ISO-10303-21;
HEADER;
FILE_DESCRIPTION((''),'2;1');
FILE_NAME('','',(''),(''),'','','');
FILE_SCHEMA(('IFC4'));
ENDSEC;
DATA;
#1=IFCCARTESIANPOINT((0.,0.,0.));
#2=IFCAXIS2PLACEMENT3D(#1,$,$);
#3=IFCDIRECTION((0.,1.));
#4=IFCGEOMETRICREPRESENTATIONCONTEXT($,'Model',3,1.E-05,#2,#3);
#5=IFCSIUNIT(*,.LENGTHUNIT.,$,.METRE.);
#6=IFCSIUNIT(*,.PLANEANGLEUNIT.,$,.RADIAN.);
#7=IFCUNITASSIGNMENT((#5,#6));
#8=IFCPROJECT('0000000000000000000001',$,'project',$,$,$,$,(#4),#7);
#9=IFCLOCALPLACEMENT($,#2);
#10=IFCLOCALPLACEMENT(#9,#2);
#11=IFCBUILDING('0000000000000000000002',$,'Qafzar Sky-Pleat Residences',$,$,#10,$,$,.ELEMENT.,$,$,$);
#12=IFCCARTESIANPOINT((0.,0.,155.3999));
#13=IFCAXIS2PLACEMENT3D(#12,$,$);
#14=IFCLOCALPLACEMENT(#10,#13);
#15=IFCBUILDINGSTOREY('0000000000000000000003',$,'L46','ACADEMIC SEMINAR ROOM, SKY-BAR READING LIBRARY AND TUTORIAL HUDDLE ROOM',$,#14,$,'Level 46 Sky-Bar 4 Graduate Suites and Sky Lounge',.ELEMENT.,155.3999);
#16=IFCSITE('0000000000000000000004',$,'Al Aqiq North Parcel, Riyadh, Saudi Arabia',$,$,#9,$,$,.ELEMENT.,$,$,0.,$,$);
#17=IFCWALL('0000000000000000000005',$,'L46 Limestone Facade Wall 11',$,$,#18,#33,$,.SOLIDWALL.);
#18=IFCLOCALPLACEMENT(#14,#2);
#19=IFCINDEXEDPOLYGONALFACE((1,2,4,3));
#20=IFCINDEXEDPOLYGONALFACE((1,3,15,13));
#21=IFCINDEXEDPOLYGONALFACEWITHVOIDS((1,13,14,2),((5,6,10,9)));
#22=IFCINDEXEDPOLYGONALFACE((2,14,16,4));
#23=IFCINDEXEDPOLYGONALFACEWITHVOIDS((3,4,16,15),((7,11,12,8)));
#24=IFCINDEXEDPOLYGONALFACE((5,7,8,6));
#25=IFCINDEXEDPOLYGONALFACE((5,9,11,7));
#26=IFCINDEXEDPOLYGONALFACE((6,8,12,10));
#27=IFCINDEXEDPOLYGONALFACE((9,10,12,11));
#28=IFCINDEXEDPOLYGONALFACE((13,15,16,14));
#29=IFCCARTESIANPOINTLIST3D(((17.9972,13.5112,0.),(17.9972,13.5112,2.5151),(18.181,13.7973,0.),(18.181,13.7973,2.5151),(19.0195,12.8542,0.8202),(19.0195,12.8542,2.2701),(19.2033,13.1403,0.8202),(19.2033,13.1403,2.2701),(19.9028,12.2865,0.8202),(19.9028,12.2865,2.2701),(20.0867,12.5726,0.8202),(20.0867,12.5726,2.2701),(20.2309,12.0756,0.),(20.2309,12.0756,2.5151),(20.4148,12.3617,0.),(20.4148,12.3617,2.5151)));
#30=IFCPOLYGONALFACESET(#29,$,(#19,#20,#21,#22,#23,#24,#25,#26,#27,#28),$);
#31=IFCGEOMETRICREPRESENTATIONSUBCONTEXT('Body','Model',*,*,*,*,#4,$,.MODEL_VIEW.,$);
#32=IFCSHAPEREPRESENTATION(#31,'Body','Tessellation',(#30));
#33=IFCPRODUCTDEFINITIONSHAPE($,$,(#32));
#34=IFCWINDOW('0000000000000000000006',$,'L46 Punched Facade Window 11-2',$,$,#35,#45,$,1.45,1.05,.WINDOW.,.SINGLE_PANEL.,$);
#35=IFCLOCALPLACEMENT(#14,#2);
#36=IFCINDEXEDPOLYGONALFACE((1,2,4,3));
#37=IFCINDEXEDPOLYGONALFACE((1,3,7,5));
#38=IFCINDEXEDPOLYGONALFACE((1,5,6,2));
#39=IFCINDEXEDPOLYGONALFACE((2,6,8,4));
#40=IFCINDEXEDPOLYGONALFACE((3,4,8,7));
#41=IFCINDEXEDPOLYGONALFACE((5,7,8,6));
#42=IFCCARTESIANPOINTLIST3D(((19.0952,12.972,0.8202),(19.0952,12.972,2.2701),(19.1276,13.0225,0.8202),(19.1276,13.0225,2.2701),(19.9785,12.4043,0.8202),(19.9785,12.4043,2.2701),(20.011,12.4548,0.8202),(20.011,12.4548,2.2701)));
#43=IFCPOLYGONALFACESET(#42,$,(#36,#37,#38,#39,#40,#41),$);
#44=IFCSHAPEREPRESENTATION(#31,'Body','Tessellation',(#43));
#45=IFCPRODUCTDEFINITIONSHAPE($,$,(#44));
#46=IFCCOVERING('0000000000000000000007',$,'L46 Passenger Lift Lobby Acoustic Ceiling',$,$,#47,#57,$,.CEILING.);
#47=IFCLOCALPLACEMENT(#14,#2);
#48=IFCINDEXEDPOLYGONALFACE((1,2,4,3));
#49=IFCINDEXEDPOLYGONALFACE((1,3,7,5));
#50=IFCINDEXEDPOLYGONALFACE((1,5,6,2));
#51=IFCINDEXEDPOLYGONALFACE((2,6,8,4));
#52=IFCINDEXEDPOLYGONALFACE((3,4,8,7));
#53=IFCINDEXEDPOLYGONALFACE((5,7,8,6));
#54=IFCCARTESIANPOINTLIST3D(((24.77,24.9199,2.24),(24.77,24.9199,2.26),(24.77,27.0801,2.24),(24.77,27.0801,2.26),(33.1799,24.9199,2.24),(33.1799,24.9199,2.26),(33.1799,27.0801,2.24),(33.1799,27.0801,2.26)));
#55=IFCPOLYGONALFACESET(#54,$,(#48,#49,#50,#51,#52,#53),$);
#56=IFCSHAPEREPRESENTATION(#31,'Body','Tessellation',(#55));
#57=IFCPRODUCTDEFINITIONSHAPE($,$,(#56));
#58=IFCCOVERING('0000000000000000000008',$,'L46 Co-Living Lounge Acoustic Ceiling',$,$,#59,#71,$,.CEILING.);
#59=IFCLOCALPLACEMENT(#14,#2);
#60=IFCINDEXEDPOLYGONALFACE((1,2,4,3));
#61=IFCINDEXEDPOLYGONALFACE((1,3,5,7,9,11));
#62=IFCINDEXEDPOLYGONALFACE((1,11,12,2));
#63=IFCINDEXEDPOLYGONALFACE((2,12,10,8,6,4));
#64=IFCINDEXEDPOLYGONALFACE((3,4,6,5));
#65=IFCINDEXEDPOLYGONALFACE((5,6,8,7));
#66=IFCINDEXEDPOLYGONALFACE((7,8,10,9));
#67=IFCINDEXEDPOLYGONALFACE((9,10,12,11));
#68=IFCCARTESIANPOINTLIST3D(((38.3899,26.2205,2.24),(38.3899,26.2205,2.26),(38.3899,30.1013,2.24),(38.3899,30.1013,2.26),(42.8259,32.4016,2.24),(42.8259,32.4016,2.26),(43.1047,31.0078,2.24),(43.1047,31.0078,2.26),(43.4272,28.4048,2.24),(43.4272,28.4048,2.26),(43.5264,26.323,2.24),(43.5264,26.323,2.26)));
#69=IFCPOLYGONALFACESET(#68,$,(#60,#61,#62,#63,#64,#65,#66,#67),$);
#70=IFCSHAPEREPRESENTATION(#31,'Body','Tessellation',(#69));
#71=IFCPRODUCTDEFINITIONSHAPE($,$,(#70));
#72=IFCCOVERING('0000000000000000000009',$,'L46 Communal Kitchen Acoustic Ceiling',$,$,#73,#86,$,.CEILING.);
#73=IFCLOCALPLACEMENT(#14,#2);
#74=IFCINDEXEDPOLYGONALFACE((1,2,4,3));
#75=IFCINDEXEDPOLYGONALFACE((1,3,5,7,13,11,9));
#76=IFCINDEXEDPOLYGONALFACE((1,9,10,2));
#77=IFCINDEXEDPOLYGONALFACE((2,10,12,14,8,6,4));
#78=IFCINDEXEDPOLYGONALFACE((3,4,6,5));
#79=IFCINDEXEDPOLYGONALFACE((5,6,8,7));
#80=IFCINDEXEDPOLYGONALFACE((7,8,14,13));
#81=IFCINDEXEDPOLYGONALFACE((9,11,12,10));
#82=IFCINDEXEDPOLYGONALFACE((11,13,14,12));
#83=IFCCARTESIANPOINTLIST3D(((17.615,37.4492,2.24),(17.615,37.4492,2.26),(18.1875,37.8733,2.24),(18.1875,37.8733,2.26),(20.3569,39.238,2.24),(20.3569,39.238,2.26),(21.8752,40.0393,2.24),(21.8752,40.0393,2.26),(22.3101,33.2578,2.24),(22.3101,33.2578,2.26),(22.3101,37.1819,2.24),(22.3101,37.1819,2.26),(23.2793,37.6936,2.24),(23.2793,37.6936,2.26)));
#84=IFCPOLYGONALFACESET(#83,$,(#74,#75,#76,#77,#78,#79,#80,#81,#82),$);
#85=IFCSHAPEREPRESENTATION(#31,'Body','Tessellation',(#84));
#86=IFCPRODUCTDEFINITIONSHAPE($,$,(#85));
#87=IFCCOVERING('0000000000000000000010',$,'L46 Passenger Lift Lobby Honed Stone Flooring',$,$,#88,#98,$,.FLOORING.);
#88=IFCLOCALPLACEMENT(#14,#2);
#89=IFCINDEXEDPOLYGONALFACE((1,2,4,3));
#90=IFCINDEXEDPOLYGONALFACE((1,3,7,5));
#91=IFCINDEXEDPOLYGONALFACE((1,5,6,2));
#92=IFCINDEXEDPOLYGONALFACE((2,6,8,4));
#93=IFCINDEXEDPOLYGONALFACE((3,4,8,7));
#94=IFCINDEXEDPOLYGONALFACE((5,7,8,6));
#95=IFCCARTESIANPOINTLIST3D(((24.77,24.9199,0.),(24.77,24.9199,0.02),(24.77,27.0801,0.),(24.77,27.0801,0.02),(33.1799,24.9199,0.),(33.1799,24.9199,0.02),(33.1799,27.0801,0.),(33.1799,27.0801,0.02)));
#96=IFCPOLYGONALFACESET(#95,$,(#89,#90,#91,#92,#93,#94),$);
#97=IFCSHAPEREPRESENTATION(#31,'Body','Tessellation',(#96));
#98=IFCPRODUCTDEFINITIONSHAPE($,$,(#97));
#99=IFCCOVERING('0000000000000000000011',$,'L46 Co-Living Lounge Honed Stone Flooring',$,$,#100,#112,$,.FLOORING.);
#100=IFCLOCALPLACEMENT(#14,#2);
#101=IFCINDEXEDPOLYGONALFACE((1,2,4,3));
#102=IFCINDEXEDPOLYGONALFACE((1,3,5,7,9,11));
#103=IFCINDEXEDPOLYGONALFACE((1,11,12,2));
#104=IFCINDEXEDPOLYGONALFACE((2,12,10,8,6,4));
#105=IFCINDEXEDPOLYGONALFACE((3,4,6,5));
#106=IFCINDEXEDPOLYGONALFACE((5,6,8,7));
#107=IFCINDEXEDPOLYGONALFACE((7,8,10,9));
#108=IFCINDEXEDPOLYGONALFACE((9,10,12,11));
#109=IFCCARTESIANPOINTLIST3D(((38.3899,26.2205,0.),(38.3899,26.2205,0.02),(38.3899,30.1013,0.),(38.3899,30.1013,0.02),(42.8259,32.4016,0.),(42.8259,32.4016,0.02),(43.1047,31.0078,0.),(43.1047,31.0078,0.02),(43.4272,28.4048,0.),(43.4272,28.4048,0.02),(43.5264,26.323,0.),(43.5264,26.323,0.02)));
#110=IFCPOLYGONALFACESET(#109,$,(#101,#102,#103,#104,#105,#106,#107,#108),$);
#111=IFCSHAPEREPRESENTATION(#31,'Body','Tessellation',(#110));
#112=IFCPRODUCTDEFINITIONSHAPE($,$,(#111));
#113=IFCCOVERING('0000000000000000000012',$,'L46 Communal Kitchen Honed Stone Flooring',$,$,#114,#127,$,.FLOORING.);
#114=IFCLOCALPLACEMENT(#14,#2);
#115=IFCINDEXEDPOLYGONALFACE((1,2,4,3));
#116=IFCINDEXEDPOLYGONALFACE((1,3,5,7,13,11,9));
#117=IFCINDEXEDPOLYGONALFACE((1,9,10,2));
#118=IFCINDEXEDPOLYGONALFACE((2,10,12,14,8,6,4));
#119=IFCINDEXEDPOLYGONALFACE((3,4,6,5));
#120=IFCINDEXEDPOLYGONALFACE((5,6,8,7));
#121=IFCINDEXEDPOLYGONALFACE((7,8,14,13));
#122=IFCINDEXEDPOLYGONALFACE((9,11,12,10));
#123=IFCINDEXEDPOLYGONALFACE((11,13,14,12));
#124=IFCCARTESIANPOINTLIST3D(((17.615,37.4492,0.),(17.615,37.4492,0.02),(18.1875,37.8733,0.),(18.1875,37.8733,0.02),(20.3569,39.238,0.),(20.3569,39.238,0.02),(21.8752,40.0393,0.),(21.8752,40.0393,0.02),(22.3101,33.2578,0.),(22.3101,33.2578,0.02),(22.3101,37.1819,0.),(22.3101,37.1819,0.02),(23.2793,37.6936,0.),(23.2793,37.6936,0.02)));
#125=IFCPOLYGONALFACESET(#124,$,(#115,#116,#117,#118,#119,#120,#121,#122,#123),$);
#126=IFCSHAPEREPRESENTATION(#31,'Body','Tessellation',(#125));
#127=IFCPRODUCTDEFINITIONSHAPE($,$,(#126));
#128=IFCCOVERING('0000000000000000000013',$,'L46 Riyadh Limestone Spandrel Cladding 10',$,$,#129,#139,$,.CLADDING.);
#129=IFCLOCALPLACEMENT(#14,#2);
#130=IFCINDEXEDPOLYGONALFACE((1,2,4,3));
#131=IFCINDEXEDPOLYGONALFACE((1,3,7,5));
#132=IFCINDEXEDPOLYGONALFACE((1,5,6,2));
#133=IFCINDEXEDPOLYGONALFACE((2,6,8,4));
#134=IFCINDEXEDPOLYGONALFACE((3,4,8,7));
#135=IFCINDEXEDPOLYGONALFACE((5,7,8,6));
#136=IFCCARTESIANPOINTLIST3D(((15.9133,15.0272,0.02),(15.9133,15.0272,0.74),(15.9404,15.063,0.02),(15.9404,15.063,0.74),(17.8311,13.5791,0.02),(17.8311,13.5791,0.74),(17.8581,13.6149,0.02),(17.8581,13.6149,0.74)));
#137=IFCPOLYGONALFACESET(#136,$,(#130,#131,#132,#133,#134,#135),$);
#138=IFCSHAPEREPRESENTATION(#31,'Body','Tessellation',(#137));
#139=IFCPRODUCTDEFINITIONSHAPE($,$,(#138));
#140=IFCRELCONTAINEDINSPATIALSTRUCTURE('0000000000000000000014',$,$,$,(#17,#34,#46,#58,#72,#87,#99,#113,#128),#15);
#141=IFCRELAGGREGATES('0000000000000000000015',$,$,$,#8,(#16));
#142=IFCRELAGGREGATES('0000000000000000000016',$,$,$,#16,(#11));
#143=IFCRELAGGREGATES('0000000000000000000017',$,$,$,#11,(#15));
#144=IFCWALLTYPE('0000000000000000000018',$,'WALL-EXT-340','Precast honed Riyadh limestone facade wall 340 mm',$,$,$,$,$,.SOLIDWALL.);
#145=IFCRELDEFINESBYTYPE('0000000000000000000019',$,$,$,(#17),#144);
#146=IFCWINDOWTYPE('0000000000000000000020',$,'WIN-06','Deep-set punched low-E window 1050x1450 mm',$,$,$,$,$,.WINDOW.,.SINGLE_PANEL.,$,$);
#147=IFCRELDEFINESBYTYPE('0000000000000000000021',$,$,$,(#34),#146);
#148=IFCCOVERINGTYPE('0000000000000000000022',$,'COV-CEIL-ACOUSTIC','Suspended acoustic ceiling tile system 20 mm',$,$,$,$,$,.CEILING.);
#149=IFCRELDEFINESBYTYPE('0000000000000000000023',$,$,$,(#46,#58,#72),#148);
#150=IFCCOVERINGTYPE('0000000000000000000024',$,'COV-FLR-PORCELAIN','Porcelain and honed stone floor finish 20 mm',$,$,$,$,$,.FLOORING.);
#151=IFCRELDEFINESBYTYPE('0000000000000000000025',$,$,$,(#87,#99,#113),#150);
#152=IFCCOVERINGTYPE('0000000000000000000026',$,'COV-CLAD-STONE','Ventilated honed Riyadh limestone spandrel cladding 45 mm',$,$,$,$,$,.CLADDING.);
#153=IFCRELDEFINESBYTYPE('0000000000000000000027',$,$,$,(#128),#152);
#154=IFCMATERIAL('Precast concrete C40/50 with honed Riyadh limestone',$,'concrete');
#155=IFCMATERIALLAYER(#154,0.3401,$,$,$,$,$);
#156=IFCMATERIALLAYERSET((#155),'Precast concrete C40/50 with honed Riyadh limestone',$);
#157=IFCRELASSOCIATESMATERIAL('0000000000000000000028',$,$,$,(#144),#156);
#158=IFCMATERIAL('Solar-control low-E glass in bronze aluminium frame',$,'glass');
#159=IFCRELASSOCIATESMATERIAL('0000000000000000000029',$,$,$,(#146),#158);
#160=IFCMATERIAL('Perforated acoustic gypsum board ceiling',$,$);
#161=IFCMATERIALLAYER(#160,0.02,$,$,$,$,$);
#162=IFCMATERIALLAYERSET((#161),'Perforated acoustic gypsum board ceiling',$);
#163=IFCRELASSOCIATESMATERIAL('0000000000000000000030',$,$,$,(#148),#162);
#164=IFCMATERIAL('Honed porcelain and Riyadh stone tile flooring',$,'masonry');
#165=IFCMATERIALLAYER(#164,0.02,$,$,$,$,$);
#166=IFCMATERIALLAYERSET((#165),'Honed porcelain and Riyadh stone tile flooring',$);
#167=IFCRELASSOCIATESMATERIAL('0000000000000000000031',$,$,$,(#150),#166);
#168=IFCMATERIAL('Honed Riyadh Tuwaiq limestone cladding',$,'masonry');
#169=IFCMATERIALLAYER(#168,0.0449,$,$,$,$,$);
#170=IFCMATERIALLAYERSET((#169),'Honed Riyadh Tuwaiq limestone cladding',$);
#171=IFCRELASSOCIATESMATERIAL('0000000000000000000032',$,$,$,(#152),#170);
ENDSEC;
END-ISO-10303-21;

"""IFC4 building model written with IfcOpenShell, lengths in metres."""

from ifc_helpers import new_model, si_unit, direction, frame, frame_2d, origin, origin_2d, place, context, subcontext, project, spatial, polyline, rectangle, outline, extrude, source, transform, mapped, material, layer, layer_set, type_object, element, fill, save


model = new_model("IFC4")

# Units and contexts
model_context = context("Model", 3, precision=1e-05, world=origin(), true_north=direction((0.0, 1.0)))
body_context = subcontext(model_context, "Body", "Model", "MODEL_VIEW")
ifc_project = project(units=[si_unit("LENGTHUNIT", "METRE"), si_unit("PLANEANGLEUNIT", "RADIAN")], contexts=[model_context])

# Site, building, storey
site_placement = place(None, origin())
site = spatial("IfcSite", under=ifc_project, at=site_placement, Name="Al Aqiq North Parcel, Riyadh, Saudi Arabia", CompositionType="ELEMENT", RefElevation=0.0)
building_placement = place(site_placement, origin())
building = spatial("IfcBuilding", under=site, at=building_placement, Name="Qafzar Sky-Pleat Residences", CompositionType="ELEMENT")
storey_placement = place(building_placement, frame((0.0, 0.0, 155.3999)))
storey = spatial("IfcBuildingStorey", under=building, at=storey_placement, Name="L46", Description="ACADEMIC SEMINAR ROOM, SKY-BAR READING LIBRARY AND TUTORIAL HUDDLE ROOM", LongName="Level 46 Sky-Bar 4 Graduate Suites and Sky Lounge", CompositionType="ELEMENT", Elevation=155.3999)

# Wall, opening, window
ifc_material_1 = material(Name="Precast concrete C40/50 with honed Riyadh limestone", Category="concrete")
ifc_layer_1 = layer(ifc_material_1, 0.3401)
ifc_layer_set_1 = layer_set([ifc_layer_1], Name="Precast concrete C40/50 with honed Riyadh limestone")
wall_type_1 = type_object("IfcWallType", Name="WALL-EXT-340", Description="Precast honed Riyadh limestone facade wall 340 mm", PredefinedType="SOLIDWALL", material=ifc_layer_set_1)
ifc_material_2 = material(Name="Solar-control low-E glass in bronze aluminium frame", Category="glass")
wall_1_placement = place(storey_placement, frame((18.0891, 13.6543, 0.0), z_axis=(0.0, 0.0, 1.0), x_axis=(0.841241, -0.54066, 0.0)))
wall_1 = element("IfcWall", 1, at=wall_1_placement, inside=storey, type_object=wall_type_1, Name="L46 Limestone Facade Wall 11", PredefinedType="SOLIDWALL", context=body_context, shape_type="SweptSolid", body=[
    extrude(rectangle(XDim=2.6553, YDim=0.3401, at=frame_2d((1.3276, 0.0))), origin(), (0.0, 0.0, 1.0), 2.5151),
])
opening_1_placement = place(wall_1_placement, frame((1.2153, 0.0, 0.8201)))
opening_1 = element("IfcOpeningElement", 2, at=opening_1_placement, cuts=wall_1, PredefinedType="OPENING", context=body_context, shape_type="SweptSolid", body=[
    extrude(rectangle(XDim=1.05, YDim=1.45, at=frame_2d((0.5249, 0.7251))), frame((0.0, 0.1802, 0.0), z_axis=(0.0, -1.0, 0.0), x_axis=(1.0, 0.0, 0.0)), (0.0, 0.0, 1.0), 0.3601),
])
window_type_1 = type_object("IfcWindowType", Name="WIN-06", Description="Deep-set punched low-E window 1050x1450 mm", PartitioningType="SINGLE_PANEL", PredefinedType="WINDOW", material=ifc_material_2)
shared_shape_1 = source(origin(), body_context, "Body", "SweptSolid", [
    extrude(rectangle(XDim=1.05, YDim=1.45, at=frame_2d((0.5249, 0.7251))), frame((0.0, 0.03, 0.0), z_axis=(0.0, -1.0, 0.0), x_axis=(1.0, 0.0, 0.0)), (0.0, 0.0, 1.0), 0.0601),
])
window_1_placement = place(opening_1_placement, origin())
window_1 = element("IfcWindow", 3, at=window_1_placement, inside=storey, type_object=window_type_1, Name="L46 Punched Facade Window 11-2", OverallHeight=1.45, OverallWidth=1.05, PartitioningType="SINGLE_PANEL", PredefinedType="WINDOW", context=body_context, shape_type="MappedRepresentation", body=[
    mapped(shared_shape_1, transform((0.0, 0.0, 0.0), x_axis=(1.0, 0.0, 0.0), y_axis=(0.0, 1.0, 0.0), z_axis=(0.0, 0.0, 1.0), scale=1.0)),
])
fill(opening_1, window_1)

# Coverings
ifc_material_3 = material(Name="Perforated acoustic gypsum board ceiling")
ifc_layer_2 = layer(ifc_material_3, 0.02)
ifc_layer_set_2 = layer_set([ifc_layer_2], Name="Perforated acoustic gypsum board ceiling")
covering_type_1 = type_object("IfcCoveringType", Name="COV-CEIL-ACOUSTIC", Description="Suspended acoustic ceiling tile system 20 mm", PredefinedType="CEILING", material=ifc_layer_set_2)
covering_1_placement = place(storey_placement, frame((0.0, 0.0, 2.24)))
element("IfcCovering", 4, at=covering_1_placement, inside=storey, type_object=covering_type_1, Name="L46 Passenger Lift Lobby Acoustic Ceiling", PredefinedType="CEILING", context=body_context, shape_type="SweptSolid", body=[
    extrude(outline(polyline([(33.1799, 24.9199), (24.77, 24.9199), (24.77, 27.0801), (33.1799, 27.0801), (33.1799, 24.9199)])), origin(), (0.0, 0.0, 1.0), 0.02),
])
covering_2_placement = place(storey_placement, frame((0.0, 0.0, 2.24)))
element("IfcCovering", 5, at=covering_2_placement, inside=storey, type_object=covering_type_1, Name="L46 Co-Living Lounge Acoustic Ceiling", PredefinedType="CEILING", context=body_context, shape_type="SweptSolid", body=[
    extrude(outline(polyline([(43.1047, 31.0078), (43.4272, 28.4048), (43.5264, 26.323), (38.3899, 26.2205), (38.3899, 30.1013), (42.8259, 32.4016), (43.1047, 31.0078)])), origin(), (0.0, 0.0, 1.0), 0.02),
])
covering_3_placement = place(storey_placement, frame((0.0, 0.0, 2.24)))
element("IfcCovering", 6, at=covering_3_placement, inside=storey, type_object=covering_type_1, Name="L46 Communal Kitchen Acoustic Ceiling", PredefinedType="CEILING", context=body_context, shape_type="SweptSolid", body=[
    extrude(outline(polyline([(18.1875, 37.8733), (20.3569, 39.238), (21.8752, 40.0393), (23.2793, 37.6936), (22.3101, 37.1819), (22.3101, 33.2578), (17.615, 37.4492), (18.1875, 37.8733)])), origin(), (0.0, 0.0, 1.0), 0.02),
])
ifc_material_4 = material(Name="Honed porcelain and Riyadh stone tile flooring", Category="masonry")
ifc_layer_3 = layer(ifc_material_4, 0.02)
ifc_layer_set_3 = layer_set([ifc_layer_3], Name="Honed porcelain and Riyadh stone tile flooring")
covering_type_2 = type_object("IfcCoveringType", Name="COV-FLR-PORCELAIN", Description="Porcelain and honed stone floor finish 20 mm", PredefinedType="FLOORING", material=ifc_layer_set_3)
covering_4_placement = place(storey_placement, origin())
element("IfcCovering", 7, at=covering_4_placement, inside=storey, type_object=covering_type_2, Name="L46 Passenger Lift Lobby Honed Stone Flooring", PredefinedType="FLOORING", context=body_context, shape_type="SweptSolid", body=[
    extrude(outline(polyline([(33.1799, 24.9199), (24.77, 24.9199), (24.77, 27.0801), (33.1799, 27.0801), (33.1799, 24.9199)])), origin(), (0.0, 0.0, 1.0), 0.02),
])
covering_5_placement = place(storey_placement, origin())
element("IfcCovering", 8, at=covering_5_placement, inside=storey, type_object=covering_type_2, Name="L46 Co-Living Lounge Honed Stone Flooring", PredefinedType="FLOORING", context=body_context, shape_type="SweptSolid", body=[
    extrude(outline(polyline([(43.1047, 31.0078), (43.4272, 28.4048), (43.5264, 26.323), (38.3899, 26.2205), (38.3899, 30.1013), (42.8259, 32.4016), (43.1047, 31.0078)])), origin(), (0.0, 0.0, 1.0), 0.02),
])
covering_6_placement = place(storey_placement, origin())
element("IfcCovering", 9, at=covering_6_placement, inside=storey, type_object=covering_type_2, Name="L46 Communal Kitchen Honed Stone Flooring", PredefinedType="FLOORING", context=body_context, shape_type="SweptSolid", body=[
    extrude(outline(polyline([(18.1875, 37.8733), (20.3569, 39.238), (21.8752, 40.0393), (23.2793, 37.6936), (22.3101, 37.1819), (22.3101, 33.2578), (17.615, 37.4492), (18.1875, 37.8733)])), origin(), (0.0, 0.0, 1.0), 0.02),
])
ifc_material_5 = material(Name="Honed Riyadh Tuwaiq limestone cladding", Category="masonry")
ifc_layer_4 = layer(ifc_material_5, 0.0449)
ifc_layer_set_4 = layer_set([ifc_layer_4], Name="Honed Riyadh Tuwaiq limestone cladding")
covering_type_3 = type_object("IfcCoveringType", Name="COV-CLAD-STONE", Description="Ventilated honed Riyadh limestone spandrel cladding 45 mm", PredefinedType="CLADDING", material=ifc_layer_set_4)
shared_shape_2 = source(origin(), body_context, "Body", "SweptSolid", [
    extrude(rectangle(XDim=2.4031, YDim=0.0449, at=origin_2d()), origin(), (0.0, 0.0, 1.0), 0.72),
])
covering_7_placement = place(storey_placement, frame((16.8857, 14.321, 0.02), z_axis=(0.0, 0.0, 1.0), x_axis=(0.798032, -0.602615, 0.0)))
element("IfcCovering", 10, at=covering_7_placement, inside=storey, type_object=covering_type_3, Name="L46 Riyadh Limestone Spandrel Cladding 10", PredefinedType="CLADDING", context=body_context, shape_type="MappedRepresentation", body=[
    mapped(shared_shape_2, transform((0.0, 0.0, 0.0), x_axis=(1.0, 0.0, 0.0), y_axis=(0.0, 1.0, 0.0), z_axis=(0.0, 0.0, 1.0), scale=1.0)),
])

save(model, "model.ifc")
